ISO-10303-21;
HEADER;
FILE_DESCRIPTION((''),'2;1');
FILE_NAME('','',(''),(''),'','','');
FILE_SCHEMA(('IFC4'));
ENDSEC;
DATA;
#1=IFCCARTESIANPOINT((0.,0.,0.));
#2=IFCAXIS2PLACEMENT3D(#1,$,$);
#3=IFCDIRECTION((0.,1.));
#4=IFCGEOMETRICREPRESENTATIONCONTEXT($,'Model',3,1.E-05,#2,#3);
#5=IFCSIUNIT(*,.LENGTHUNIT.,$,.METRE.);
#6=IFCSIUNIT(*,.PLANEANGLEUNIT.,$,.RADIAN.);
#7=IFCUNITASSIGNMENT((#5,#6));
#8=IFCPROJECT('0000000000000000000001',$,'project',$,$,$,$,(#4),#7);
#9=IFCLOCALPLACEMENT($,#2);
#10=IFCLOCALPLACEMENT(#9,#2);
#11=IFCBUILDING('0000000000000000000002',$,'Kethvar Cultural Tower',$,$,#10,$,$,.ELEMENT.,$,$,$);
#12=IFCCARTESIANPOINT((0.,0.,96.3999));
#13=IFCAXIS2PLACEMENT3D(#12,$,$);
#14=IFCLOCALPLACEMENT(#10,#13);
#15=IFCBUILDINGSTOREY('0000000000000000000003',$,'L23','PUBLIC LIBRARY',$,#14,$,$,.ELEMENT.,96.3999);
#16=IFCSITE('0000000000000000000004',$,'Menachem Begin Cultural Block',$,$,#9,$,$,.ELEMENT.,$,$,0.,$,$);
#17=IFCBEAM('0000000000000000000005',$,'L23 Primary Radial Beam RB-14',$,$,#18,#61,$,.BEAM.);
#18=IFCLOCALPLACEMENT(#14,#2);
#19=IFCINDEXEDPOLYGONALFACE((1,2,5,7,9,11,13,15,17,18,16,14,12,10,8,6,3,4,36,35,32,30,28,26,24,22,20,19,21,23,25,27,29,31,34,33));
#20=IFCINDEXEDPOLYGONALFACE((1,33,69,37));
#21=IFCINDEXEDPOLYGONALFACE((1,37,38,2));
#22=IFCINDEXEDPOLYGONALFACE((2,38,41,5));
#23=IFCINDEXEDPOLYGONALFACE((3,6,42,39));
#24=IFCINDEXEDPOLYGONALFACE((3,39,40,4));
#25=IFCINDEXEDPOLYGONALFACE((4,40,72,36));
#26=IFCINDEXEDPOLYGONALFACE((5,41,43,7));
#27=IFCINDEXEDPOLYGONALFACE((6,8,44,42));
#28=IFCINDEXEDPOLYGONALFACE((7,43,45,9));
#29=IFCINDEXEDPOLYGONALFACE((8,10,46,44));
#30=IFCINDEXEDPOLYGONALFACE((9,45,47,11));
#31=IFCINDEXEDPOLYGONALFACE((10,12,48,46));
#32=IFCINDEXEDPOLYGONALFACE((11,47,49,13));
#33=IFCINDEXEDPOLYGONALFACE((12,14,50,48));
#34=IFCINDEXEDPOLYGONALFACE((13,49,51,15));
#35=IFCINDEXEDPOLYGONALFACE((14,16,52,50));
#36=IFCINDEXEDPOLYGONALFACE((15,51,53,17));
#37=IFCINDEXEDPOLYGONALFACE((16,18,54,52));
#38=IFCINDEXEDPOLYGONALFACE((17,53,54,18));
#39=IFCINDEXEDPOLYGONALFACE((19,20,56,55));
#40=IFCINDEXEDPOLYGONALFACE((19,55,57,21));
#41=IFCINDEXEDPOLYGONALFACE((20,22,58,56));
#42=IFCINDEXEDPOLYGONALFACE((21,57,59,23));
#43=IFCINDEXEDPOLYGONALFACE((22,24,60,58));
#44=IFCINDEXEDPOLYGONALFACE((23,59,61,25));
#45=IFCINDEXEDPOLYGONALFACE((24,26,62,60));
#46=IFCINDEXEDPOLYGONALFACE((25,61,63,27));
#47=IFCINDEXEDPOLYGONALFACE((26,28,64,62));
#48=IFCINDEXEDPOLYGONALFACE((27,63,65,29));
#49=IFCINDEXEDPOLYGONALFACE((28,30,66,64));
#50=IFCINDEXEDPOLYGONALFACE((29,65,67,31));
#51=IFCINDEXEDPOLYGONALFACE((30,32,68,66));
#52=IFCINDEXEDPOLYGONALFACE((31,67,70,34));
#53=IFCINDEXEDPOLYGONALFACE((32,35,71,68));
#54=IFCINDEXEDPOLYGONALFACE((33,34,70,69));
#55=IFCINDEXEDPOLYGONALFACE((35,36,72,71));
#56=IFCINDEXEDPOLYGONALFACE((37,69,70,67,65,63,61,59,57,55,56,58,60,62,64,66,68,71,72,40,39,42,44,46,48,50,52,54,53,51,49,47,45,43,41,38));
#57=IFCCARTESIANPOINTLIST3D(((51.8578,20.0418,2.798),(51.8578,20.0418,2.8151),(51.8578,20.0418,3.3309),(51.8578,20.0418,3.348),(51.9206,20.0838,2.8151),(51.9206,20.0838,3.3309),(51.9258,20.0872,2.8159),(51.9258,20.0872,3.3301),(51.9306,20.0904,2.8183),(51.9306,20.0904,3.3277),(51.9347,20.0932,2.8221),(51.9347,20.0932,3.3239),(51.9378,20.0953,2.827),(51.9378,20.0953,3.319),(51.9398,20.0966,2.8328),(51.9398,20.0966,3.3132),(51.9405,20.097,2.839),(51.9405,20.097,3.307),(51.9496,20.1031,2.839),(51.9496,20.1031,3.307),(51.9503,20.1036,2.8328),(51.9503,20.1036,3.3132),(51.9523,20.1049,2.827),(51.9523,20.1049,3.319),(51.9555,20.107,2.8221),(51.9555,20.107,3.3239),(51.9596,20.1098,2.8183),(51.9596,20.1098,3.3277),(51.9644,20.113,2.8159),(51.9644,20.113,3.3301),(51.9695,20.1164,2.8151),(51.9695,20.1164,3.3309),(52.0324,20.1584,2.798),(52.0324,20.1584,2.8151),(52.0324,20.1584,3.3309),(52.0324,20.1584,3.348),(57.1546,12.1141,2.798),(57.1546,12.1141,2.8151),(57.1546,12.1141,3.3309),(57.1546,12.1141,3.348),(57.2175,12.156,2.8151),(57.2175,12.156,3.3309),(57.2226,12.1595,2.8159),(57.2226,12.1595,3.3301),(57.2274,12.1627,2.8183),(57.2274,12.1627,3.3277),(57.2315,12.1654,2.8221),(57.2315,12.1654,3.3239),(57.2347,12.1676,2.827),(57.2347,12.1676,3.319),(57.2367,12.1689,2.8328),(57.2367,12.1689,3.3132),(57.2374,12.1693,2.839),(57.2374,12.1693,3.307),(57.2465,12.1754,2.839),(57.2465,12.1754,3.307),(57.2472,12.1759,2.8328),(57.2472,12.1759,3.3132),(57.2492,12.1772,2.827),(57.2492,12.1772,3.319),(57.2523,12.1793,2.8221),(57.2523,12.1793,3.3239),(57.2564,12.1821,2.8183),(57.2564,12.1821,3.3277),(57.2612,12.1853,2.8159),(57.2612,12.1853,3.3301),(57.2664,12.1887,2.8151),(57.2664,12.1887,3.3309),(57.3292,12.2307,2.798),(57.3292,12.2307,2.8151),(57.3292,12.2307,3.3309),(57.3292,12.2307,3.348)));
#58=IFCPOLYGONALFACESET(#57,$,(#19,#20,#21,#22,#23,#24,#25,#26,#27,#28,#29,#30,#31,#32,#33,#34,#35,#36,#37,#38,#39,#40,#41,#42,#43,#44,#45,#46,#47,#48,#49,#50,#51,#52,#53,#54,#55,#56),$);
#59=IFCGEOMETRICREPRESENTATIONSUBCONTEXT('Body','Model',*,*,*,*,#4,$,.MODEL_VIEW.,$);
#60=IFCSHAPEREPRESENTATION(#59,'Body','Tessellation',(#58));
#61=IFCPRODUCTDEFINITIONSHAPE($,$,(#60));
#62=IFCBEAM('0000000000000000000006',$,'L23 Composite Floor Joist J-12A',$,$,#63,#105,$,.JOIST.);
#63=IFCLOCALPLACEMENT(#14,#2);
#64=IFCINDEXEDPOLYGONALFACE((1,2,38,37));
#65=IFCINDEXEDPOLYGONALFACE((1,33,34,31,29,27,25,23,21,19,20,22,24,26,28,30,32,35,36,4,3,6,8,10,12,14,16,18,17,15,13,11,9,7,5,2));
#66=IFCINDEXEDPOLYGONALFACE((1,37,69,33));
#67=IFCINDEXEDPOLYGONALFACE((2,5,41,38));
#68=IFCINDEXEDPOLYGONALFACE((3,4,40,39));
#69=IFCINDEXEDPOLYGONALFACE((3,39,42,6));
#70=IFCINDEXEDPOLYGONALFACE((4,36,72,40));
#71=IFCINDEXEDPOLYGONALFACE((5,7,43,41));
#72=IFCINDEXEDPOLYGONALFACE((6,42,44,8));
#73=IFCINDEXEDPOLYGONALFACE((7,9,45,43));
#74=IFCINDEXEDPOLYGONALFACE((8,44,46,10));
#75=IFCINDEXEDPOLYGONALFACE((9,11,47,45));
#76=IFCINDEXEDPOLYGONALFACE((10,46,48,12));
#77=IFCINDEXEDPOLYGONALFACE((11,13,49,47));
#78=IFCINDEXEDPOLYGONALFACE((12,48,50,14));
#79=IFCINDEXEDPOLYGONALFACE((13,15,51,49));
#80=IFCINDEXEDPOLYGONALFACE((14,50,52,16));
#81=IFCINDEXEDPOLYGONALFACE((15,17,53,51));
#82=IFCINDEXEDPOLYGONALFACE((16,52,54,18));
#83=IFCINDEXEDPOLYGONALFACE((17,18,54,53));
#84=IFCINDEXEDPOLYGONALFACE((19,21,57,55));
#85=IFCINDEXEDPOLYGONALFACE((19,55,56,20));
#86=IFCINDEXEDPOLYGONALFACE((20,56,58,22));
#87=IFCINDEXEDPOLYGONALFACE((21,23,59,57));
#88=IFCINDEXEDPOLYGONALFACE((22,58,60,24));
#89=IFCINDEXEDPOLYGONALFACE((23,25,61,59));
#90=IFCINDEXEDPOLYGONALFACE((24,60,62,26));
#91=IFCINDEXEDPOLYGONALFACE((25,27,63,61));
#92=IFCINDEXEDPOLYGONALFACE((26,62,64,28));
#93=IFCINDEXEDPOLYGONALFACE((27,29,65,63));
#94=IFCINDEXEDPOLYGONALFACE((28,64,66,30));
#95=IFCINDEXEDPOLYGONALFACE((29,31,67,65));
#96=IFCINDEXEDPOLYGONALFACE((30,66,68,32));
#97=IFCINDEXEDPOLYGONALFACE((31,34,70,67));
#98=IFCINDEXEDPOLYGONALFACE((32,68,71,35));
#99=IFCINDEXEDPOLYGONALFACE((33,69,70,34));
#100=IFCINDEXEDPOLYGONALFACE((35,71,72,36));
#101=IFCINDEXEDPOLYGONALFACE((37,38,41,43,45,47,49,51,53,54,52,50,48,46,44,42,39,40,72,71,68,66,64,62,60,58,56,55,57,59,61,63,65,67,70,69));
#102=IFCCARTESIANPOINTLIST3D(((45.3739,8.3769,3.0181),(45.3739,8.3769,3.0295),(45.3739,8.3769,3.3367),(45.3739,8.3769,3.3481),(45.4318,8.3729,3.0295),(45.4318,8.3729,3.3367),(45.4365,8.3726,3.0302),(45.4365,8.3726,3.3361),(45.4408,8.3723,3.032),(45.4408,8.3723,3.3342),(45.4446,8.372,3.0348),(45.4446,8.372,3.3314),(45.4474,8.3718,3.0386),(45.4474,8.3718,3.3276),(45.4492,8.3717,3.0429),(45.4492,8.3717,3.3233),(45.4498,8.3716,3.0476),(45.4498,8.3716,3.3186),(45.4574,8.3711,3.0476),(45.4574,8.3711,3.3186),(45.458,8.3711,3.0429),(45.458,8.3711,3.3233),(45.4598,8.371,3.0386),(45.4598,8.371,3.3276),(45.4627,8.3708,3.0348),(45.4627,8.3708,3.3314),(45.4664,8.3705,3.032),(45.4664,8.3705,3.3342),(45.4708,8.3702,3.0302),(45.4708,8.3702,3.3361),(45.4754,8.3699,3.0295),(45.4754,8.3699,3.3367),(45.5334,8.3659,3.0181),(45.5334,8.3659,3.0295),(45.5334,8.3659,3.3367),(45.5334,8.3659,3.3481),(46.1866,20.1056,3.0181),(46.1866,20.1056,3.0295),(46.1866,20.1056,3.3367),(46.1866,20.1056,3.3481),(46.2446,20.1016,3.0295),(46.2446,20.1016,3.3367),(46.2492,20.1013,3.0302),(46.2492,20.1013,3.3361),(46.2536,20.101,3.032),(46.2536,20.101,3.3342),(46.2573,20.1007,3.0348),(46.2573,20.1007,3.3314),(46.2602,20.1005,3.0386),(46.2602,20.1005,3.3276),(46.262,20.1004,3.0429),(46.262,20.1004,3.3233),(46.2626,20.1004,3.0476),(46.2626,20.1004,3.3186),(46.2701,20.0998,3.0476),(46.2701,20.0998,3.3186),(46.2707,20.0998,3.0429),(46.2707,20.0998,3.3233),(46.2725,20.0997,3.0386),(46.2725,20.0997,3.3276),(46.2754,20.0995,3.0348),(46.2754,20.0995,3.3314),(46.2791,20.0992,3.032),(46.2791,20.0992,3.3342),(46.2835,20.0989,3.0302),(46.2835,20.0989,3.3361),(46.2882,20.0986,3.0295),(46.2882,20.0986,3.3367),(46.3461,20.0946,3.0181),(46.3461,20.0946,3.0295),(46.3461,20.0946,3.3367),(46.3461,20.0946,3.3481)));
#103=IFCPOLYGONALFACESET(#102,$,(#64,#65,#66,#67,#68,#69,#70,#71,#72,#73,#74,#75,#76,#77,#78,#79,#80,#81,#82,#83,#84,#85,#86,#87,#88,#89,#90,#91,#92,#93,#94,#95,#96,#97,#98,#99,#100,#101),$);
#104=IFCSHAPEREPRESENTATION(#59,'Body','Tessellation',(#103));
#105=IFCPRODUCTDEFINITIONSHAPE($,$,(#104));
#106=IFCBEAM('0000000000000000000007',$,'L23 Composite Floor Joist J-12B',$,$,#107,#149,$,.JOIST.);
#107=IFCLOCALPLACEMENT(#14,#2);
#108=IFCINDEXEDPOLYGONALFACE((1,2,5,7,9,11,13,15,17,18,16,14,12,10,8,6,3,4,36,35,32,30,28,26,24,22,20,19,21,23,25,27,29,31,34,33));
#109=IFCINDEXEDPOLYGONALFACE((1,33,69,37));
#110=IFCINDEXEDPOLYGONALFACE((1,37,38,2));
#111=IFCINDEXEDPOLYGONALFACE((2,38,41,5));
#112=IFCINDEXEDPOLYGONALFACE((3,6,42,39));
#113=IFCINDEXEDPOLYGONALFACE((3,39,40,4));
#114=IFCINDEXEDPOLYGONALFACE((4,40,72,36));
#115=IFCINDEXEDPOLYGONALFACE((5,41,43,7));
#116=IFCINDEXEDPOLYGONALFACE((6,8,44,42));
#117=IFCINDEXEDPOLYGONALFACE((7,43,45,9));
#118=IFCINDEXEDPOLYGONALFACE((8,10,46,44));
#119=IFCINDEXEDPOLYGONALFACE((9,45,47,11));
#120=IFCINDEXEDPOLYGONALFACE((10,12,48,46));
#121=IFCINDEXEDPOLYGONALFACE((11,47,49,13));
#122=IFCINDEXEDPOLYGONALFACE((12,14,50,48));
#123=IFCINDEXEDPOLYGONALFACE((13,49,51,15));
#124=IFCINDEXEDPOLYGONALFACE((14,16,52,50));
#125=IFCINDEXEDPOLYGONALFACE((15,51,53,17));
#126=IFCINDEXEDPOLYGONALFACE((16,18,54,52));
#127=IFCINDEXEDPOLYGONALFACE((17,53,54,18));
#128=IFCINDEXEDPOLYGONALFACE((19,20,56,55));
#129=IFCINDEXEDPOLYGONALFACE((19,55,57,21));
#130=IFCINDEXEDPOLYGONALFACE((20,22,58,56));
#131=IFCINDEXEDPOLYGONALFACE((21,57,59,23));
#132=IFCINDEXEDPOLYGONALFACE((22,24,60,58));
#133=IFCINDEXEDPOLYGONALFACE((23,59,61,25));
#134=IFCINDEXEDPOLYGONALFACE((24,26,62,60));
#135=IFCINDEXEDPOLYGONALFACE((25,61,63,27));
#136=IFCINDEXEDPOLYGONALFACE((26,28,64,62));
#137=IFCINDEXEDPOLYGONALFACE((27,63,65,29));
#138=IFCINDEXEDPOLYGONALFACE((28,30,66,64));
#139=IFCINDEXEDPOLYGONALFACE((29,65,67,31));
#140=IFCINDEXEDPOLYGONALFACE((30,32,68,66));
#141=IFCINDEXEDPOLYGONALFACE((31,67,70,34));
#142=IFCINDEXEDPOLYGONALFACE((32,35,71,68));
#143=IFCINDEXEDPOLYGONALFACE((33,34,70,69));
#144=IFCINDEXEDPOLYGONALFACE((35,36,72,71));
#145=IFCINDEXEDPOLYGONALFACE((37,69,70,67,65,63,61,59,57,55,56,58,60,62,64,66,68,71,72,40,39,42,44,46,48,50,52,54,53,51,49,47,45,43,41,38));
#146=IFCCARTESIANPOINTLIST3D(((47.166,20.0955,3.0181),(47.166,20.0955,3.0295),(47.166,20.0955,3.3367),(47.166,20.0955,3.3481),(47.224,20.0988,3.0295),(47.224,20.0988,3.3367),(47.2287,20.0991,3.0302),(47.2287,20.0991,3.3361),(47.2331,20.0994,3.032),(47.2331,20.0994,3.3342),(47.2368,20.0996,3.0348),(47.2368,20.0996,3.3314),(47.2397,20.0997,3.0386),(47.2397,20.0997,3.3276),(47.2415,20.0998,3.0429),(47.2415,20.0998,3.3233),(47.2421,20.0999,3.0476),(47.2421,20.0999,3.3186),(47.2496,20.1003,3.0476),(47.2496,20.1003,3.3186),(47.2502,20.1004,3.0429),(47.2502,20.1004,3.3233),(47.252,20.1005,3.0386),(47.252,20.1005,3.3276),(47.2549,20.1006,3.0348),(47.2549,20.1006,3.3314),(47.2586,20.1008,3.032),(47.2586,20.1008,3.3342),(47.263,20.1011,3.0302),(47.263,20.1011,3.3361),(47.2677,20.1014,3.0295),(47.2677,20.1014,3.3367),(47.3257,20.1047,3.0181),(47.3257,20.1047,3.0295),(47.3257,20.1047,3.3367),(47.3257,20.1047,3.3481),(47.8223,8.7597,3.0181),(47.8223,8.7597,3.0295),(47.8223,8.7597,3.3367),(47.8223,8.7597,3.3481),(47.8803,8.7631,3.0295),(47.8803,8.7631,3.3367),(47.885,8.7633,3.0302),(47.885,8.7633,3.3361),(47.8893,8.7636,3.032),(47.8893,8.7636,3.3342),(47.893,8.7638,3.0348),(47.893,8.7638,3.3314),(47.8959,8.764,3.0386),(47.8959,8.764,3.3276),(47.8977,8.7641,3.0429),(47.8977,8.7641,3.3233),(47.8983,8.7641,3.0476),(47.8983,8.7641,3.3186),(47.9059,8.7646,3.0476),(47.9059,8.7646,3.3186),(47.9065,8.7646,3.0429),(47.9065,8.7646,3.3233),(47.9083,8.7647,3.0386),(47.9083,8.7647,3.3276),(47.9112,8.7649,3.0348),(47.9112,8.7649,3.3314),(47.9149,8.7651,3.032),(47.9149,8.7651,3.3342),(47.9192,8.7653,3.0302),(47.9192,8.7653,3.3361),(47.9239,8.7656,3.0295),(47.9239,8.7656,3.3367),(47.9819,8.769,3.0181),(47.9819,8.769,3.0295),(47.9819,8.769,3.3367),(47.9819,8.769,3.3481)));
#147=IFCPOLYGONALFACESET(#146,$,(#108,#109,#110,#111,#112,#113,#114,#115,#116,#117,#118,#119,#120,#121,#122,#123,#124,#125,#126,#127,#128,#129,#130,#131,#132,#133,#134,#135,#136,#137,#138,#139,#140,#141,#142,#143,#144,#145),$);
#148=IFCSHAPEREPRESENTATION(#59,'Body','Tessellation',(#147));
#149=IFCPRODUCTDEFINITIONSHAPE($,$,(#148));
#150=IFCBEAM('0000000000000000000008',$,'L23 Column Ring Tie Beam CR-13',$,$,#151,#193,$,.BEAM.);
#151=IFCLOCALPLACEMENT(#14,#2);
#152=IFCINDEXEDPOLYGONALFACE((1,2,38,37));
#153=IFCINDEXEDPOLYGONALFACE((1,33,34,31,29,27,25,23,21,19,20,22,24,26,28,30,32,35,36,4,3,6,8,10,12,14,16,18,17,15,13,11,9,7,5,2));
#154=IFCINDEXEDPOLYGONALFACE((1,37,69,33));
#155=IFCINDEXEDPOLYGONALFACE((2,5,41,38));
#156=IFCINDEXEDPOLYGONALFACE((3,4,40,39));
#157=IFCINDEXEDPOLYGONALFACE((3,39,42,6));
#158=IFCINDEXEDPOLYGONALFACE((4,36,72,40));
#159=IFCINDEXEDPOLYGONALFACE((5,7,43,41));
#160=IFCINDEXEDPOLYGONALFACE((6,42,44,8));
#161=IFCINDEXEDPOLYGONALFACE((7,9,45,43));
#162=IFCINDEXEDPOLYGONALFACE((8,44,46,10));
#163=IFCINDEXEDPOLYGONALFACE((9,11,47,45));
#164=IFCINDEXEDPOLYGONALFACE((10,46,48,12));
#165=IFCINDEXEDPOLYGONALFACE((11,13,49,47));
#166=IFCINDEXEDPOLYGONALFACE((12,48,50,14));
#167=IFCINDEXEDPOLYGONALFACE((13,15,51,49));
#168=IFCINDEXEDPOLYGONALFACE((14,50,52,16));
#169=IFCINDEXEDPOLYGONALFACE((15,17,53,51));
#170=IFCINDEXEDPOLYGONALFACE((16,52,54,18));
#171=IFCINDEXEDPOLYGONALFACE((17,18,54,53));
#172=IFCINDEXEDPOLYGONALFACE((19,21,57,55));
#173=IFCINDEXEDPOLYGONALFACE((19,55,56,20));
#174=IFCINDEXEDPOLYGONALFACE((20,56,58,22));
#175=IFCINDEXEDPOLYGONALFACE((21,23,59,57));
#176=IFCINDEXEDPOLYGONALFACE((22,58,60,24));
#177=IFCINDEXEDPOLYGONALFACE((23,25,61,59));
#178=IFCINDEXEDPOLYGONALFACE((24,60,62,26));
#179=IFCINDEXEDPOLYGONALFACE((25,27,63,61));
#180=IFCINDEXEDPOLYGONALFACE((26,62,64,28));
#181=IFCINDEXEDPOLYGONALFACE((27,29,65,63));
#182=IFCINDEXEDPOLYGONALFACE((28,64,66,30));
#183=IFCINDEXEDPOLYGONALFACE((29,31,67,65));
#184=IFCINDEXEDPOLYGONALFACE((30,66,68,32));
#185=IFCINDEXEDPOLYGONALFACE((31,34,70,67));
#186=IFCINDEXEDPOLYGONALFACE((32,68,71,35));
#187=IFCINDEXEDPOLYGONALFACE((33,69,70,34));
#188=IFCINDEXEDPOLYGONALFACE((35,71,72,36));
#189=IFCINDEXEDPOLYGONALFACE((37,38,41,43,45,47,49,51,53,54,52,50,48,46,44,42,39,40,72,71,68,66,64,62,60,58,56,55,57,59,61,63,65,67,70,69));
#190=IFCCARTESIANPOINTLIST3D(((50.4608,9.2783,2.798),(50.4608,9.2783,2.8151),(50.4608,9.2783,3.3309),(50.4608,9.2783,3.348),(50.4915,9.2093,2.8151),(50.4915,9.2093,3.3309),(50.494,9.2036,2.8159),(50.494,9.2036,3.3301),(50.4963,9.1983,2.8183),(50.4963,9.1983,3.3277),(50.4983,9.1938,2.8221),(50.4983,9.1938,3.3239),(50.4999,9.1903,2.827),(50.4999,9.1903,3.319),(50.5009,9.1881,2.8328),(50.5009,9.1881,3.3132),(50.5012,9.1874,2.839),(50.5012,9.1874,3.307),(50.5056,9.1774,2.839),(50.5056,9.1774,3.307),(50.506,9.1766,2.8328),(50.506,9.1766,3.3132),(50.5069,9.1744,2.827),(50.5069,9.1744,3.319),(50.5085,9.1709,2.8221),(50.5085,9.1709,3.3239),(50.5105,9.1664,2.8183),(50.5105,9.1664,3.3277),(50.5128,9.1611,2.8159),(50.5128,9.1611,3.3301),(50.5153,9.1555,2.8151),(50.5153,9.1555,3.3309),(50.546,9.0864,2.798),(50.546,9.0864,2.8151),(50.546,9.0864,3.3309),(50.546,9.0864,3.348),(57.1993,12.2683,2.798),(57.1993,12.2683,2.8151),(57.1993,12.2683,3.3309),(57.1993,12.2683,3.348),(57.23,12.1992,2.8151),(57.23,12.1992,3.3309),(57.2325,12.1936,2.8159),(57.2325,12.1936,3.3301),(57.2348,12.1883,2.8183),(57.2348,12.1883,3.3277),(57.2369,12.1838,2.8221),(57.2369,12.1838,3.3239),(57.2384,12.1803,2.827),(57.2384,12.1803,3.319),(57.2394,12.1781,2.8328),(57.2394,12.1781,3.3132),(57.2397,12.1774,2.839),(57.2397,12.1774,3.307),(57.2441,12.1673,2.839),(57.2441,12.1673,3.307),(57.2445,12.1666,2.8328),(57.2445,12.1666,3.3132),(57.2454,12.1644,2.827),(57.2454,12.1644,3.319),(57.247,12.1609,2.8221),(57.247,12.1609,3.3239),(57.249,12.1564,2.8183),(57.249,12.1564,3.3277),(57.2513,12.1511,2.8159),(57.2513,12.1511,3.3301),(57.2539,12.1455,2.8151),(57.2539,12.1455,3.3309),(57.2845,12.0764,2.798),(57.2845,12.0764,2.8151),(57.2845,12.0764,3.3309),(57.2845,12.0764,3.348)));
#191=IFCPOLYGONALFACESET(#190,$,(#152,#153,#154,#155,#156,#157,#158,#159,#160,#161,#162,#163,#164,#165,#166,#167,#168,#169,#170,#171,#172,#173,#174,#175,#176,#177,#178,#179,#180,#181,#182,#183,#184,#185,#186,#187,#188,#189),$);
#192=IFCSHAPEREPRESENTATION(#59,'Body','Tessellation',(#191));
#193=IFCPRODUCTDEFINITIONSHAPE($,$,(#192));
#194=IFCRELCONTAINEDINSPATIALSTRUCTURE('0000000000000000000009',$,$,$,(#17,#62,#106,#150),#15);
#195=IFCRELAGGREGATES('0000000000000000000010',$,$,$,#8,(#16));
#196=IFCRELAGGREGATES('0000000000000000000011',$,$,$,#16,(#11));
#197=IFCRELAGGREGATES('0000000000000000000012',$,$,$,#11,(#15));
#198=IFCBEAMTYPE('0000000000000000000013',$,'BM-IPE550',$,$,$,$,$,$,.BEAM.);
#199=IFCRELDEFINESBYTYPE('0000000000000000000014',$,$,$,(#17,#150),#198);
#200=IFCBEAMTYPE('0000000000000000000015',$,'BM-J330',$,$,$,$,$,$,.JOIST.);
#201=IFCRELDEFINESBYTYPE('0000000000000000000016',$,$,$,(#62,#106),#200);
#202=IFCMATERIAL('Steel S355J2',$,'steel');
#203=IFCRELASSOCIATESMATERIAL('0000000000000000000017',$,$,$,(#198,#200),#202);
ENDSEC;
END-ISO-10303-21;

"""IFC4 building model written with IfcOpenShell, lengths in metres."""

from ifc_helpers import new_model, si_unit, direction, frame, origin, origin_2d, place, context, subcontext, project, spatial, i_section, extrude, source, transform, mapped, material, material_profile, profile_set, type_object, element, save


model = new_model("IFC4")

# Units and contexts
model_context = context("Model", 3, precision=1e-05, world=origin(), true_north=direction((0.0, 1.0)))
body_context = subcontext(model_context, "Body", "Model", "MODEL_VIEW")
ifc_project = project(units=[si_unit("LENGTHUNIT", "METRE"), si_unit("PLANEANGLEUNIT", "RADIAN")], contexts=[model_context])

# Site, building, storey
site_placement = place(None, origin())
site = spatial("IfcSite", under=ifc_project, at=site_placement, Name="Menachem Begin Cultural Block", CompositionType="ELEMENT", RefElevation=0.0)
building_placement = place(site_placement, origin())
building = spatial("IfcBuilding", under=site, at=building_placement, Name="Kethvar Cultural Tower", CompositionType="ELEMENT")
storey_placement = place(building_placement, frame((0.0, 0.0, 96.3999)))
storey = spatial("IfcBuildingStorey", under=building, at=storey_placement, Name="L23", Description="PUBLIC LIBRARY", CompositionType="ELEMENT", Elevation=96.3999)

# Beams
ifc_material_1 = material(Name="Steel S355J2", Category="steel")
ifc_material_profile_1 = material_profile(ifc_material_1, i_section(OverallWidth=0.21, OverallDepth=0.55, WebThickness=0.011, FlangeThickness=0.0171, FilletRadius=0.0239, at=origin_2d()), Name="Steel S355J2 — IPE550")
ifc_profile_set_1 = profile_set([ifc_material_profile_1], Name="Steel S355J2 — IPE550")
beam_type_1 = type_object("IfcBeamType", Name="BM-IPE550", PredefinedType="BEAM", material=ifc_profile_set_1)
shared_shape_1 = source(origin(), body_context, "Body", "SweptSolid", [
    extrude(i_section(OverallWidth=0.21, OverallDepth=0.55, WebThickness=0.011, FlangeThickness=0.0171, FilletRadius=0.0239, at=origin_2d()), origin(), (0.0, 0.0, 1.0), 9.5344),
])
beam_1_placement = place(storey_placement, frame((51.9451, 20.1001, 3.073), z_axis=(0.555551, -0.831483, 0.0), x_axis=(0.831483, 0.555551, 0.0)))
element("IfcBeam", 1, at=beam_1_placement, inside=storey, type_object=beam_type_1, Name="L23 Primary Radial Beam RB-14", PredefinedType="BEAM", context=body_context, shape_type="MappedRepresentation", body=[
    mapped(shared_shape_1, transform((0.0, 0.0, 0.0), scale=1.0)),
])
ifc_material_profile_2 = material_profile(ifc_material_1, i_section(OverallWidth=0.1599, OverallDepth=0.3301, WebThickness=0.0076, FlangeThickness=0.0115, FilletRadius=0.0181, at=origin_2d()), Name="Steel S355J2 — IPE330")
ifc_profile_set_2 = profile_set([ifc_material_profile_2], Name="Steel S355J2 — IPE330")
beam_type_2 = type_object("IfcBeamType", Name="BM-J330", PredefinedType="JOIST", material=ifc_profile_set_2)
shared_shape_2 = source(origin(), body_context, "Body", "SweptSolid", [
    extrude(i_section(OverallWidth=0.1599, OverallDepth=0.3301, WebThickness=0.0076, FlangeThickness=0.0115, FilletRadius=0.0181, at=origin_2d()), origin(), (0.0, 0.0, 1.0), 11.7568),
])
beam_2_placement = place(storey_placement, frame((46.2664, 20.1001, 3.1831), z_axis=(-0.069129, -0.997608, 0.0), x_axis=(0.997608, -0.069129, 0.0)))
element("IfcBeam", 2, at=beam_2_placement, inside=storey, type_object=beam_type_2, Name="L23 Composite Floor Joist J-12A", PredefinedType="JOIST", context=body_context, shape_type="MappedRepresentation", body=[
    mapped(shared_shape_2, transform((0.0, 0.0, 0.0), scale=1.0)),
])
shared_shape_3 = source(origin(), body_context, "Body", "SweptSolid", [
    extrude(i_section(OverallWidth=0.1599, OverallDepth=0.3301, WebThickness=0.0076, FlangeThickness=0.0115, FilletRadius=0.0181, at=origin_2d()), origin(), (0.0, 0.0, 1.0), 11.3547),
])
beam_3_placement = place(storey_placement, frame((47.2458, 20.1001, 3.1831), z_axis=(0.057796, -0.998328, 0.0), x_axis=(0.998328, 0.057796, 0.0)))
element("IfcBeam", 3, at=beam_3_placement, inside=storey, type_object=beam_type_2, Name="L23 Composite Floor Joist J-12B", PredefinedType="JOIST", context=body_context, shape_type="MappedRepresentation", body=[
    mapped(shared_shape_3, transform((0.0, 0.0, 0.0), scale=1.0)),
])
shared_shape_4 = source(origin(), body_context, "Body", "SweptSolid", [
    extrude(i_section(OverallWidth=0.21, OverallDepth=0.55, WebThickness=0.011, FlangeThickness=0.0171, FilletRadius=0.0239, at=origin_2d()), origin(), (0.0, 0.0, 1.0), 7.3721),
])
beam_4_placement = place(storey_placement, frame((50.5034, 9.1824, 3.073), z_axis=(0.914059, 0.405582, 0.0), x_axis=(-0.405582, 0.914059, 0.0)))
element("IfcBeam", 4, at=beam_4_placement, inside=storey, type_object=beam_type_1, Name="L23 Column Ring Tie Beam CR-13", PredefinedType="BEAM", context=body_context, shape_type="MappedRepresentation", body=[
    mapped(shared_shape_4, transform((0.0, 0.0, 0.0), scale=1.0)),
])

save(model, "model.ifc")
